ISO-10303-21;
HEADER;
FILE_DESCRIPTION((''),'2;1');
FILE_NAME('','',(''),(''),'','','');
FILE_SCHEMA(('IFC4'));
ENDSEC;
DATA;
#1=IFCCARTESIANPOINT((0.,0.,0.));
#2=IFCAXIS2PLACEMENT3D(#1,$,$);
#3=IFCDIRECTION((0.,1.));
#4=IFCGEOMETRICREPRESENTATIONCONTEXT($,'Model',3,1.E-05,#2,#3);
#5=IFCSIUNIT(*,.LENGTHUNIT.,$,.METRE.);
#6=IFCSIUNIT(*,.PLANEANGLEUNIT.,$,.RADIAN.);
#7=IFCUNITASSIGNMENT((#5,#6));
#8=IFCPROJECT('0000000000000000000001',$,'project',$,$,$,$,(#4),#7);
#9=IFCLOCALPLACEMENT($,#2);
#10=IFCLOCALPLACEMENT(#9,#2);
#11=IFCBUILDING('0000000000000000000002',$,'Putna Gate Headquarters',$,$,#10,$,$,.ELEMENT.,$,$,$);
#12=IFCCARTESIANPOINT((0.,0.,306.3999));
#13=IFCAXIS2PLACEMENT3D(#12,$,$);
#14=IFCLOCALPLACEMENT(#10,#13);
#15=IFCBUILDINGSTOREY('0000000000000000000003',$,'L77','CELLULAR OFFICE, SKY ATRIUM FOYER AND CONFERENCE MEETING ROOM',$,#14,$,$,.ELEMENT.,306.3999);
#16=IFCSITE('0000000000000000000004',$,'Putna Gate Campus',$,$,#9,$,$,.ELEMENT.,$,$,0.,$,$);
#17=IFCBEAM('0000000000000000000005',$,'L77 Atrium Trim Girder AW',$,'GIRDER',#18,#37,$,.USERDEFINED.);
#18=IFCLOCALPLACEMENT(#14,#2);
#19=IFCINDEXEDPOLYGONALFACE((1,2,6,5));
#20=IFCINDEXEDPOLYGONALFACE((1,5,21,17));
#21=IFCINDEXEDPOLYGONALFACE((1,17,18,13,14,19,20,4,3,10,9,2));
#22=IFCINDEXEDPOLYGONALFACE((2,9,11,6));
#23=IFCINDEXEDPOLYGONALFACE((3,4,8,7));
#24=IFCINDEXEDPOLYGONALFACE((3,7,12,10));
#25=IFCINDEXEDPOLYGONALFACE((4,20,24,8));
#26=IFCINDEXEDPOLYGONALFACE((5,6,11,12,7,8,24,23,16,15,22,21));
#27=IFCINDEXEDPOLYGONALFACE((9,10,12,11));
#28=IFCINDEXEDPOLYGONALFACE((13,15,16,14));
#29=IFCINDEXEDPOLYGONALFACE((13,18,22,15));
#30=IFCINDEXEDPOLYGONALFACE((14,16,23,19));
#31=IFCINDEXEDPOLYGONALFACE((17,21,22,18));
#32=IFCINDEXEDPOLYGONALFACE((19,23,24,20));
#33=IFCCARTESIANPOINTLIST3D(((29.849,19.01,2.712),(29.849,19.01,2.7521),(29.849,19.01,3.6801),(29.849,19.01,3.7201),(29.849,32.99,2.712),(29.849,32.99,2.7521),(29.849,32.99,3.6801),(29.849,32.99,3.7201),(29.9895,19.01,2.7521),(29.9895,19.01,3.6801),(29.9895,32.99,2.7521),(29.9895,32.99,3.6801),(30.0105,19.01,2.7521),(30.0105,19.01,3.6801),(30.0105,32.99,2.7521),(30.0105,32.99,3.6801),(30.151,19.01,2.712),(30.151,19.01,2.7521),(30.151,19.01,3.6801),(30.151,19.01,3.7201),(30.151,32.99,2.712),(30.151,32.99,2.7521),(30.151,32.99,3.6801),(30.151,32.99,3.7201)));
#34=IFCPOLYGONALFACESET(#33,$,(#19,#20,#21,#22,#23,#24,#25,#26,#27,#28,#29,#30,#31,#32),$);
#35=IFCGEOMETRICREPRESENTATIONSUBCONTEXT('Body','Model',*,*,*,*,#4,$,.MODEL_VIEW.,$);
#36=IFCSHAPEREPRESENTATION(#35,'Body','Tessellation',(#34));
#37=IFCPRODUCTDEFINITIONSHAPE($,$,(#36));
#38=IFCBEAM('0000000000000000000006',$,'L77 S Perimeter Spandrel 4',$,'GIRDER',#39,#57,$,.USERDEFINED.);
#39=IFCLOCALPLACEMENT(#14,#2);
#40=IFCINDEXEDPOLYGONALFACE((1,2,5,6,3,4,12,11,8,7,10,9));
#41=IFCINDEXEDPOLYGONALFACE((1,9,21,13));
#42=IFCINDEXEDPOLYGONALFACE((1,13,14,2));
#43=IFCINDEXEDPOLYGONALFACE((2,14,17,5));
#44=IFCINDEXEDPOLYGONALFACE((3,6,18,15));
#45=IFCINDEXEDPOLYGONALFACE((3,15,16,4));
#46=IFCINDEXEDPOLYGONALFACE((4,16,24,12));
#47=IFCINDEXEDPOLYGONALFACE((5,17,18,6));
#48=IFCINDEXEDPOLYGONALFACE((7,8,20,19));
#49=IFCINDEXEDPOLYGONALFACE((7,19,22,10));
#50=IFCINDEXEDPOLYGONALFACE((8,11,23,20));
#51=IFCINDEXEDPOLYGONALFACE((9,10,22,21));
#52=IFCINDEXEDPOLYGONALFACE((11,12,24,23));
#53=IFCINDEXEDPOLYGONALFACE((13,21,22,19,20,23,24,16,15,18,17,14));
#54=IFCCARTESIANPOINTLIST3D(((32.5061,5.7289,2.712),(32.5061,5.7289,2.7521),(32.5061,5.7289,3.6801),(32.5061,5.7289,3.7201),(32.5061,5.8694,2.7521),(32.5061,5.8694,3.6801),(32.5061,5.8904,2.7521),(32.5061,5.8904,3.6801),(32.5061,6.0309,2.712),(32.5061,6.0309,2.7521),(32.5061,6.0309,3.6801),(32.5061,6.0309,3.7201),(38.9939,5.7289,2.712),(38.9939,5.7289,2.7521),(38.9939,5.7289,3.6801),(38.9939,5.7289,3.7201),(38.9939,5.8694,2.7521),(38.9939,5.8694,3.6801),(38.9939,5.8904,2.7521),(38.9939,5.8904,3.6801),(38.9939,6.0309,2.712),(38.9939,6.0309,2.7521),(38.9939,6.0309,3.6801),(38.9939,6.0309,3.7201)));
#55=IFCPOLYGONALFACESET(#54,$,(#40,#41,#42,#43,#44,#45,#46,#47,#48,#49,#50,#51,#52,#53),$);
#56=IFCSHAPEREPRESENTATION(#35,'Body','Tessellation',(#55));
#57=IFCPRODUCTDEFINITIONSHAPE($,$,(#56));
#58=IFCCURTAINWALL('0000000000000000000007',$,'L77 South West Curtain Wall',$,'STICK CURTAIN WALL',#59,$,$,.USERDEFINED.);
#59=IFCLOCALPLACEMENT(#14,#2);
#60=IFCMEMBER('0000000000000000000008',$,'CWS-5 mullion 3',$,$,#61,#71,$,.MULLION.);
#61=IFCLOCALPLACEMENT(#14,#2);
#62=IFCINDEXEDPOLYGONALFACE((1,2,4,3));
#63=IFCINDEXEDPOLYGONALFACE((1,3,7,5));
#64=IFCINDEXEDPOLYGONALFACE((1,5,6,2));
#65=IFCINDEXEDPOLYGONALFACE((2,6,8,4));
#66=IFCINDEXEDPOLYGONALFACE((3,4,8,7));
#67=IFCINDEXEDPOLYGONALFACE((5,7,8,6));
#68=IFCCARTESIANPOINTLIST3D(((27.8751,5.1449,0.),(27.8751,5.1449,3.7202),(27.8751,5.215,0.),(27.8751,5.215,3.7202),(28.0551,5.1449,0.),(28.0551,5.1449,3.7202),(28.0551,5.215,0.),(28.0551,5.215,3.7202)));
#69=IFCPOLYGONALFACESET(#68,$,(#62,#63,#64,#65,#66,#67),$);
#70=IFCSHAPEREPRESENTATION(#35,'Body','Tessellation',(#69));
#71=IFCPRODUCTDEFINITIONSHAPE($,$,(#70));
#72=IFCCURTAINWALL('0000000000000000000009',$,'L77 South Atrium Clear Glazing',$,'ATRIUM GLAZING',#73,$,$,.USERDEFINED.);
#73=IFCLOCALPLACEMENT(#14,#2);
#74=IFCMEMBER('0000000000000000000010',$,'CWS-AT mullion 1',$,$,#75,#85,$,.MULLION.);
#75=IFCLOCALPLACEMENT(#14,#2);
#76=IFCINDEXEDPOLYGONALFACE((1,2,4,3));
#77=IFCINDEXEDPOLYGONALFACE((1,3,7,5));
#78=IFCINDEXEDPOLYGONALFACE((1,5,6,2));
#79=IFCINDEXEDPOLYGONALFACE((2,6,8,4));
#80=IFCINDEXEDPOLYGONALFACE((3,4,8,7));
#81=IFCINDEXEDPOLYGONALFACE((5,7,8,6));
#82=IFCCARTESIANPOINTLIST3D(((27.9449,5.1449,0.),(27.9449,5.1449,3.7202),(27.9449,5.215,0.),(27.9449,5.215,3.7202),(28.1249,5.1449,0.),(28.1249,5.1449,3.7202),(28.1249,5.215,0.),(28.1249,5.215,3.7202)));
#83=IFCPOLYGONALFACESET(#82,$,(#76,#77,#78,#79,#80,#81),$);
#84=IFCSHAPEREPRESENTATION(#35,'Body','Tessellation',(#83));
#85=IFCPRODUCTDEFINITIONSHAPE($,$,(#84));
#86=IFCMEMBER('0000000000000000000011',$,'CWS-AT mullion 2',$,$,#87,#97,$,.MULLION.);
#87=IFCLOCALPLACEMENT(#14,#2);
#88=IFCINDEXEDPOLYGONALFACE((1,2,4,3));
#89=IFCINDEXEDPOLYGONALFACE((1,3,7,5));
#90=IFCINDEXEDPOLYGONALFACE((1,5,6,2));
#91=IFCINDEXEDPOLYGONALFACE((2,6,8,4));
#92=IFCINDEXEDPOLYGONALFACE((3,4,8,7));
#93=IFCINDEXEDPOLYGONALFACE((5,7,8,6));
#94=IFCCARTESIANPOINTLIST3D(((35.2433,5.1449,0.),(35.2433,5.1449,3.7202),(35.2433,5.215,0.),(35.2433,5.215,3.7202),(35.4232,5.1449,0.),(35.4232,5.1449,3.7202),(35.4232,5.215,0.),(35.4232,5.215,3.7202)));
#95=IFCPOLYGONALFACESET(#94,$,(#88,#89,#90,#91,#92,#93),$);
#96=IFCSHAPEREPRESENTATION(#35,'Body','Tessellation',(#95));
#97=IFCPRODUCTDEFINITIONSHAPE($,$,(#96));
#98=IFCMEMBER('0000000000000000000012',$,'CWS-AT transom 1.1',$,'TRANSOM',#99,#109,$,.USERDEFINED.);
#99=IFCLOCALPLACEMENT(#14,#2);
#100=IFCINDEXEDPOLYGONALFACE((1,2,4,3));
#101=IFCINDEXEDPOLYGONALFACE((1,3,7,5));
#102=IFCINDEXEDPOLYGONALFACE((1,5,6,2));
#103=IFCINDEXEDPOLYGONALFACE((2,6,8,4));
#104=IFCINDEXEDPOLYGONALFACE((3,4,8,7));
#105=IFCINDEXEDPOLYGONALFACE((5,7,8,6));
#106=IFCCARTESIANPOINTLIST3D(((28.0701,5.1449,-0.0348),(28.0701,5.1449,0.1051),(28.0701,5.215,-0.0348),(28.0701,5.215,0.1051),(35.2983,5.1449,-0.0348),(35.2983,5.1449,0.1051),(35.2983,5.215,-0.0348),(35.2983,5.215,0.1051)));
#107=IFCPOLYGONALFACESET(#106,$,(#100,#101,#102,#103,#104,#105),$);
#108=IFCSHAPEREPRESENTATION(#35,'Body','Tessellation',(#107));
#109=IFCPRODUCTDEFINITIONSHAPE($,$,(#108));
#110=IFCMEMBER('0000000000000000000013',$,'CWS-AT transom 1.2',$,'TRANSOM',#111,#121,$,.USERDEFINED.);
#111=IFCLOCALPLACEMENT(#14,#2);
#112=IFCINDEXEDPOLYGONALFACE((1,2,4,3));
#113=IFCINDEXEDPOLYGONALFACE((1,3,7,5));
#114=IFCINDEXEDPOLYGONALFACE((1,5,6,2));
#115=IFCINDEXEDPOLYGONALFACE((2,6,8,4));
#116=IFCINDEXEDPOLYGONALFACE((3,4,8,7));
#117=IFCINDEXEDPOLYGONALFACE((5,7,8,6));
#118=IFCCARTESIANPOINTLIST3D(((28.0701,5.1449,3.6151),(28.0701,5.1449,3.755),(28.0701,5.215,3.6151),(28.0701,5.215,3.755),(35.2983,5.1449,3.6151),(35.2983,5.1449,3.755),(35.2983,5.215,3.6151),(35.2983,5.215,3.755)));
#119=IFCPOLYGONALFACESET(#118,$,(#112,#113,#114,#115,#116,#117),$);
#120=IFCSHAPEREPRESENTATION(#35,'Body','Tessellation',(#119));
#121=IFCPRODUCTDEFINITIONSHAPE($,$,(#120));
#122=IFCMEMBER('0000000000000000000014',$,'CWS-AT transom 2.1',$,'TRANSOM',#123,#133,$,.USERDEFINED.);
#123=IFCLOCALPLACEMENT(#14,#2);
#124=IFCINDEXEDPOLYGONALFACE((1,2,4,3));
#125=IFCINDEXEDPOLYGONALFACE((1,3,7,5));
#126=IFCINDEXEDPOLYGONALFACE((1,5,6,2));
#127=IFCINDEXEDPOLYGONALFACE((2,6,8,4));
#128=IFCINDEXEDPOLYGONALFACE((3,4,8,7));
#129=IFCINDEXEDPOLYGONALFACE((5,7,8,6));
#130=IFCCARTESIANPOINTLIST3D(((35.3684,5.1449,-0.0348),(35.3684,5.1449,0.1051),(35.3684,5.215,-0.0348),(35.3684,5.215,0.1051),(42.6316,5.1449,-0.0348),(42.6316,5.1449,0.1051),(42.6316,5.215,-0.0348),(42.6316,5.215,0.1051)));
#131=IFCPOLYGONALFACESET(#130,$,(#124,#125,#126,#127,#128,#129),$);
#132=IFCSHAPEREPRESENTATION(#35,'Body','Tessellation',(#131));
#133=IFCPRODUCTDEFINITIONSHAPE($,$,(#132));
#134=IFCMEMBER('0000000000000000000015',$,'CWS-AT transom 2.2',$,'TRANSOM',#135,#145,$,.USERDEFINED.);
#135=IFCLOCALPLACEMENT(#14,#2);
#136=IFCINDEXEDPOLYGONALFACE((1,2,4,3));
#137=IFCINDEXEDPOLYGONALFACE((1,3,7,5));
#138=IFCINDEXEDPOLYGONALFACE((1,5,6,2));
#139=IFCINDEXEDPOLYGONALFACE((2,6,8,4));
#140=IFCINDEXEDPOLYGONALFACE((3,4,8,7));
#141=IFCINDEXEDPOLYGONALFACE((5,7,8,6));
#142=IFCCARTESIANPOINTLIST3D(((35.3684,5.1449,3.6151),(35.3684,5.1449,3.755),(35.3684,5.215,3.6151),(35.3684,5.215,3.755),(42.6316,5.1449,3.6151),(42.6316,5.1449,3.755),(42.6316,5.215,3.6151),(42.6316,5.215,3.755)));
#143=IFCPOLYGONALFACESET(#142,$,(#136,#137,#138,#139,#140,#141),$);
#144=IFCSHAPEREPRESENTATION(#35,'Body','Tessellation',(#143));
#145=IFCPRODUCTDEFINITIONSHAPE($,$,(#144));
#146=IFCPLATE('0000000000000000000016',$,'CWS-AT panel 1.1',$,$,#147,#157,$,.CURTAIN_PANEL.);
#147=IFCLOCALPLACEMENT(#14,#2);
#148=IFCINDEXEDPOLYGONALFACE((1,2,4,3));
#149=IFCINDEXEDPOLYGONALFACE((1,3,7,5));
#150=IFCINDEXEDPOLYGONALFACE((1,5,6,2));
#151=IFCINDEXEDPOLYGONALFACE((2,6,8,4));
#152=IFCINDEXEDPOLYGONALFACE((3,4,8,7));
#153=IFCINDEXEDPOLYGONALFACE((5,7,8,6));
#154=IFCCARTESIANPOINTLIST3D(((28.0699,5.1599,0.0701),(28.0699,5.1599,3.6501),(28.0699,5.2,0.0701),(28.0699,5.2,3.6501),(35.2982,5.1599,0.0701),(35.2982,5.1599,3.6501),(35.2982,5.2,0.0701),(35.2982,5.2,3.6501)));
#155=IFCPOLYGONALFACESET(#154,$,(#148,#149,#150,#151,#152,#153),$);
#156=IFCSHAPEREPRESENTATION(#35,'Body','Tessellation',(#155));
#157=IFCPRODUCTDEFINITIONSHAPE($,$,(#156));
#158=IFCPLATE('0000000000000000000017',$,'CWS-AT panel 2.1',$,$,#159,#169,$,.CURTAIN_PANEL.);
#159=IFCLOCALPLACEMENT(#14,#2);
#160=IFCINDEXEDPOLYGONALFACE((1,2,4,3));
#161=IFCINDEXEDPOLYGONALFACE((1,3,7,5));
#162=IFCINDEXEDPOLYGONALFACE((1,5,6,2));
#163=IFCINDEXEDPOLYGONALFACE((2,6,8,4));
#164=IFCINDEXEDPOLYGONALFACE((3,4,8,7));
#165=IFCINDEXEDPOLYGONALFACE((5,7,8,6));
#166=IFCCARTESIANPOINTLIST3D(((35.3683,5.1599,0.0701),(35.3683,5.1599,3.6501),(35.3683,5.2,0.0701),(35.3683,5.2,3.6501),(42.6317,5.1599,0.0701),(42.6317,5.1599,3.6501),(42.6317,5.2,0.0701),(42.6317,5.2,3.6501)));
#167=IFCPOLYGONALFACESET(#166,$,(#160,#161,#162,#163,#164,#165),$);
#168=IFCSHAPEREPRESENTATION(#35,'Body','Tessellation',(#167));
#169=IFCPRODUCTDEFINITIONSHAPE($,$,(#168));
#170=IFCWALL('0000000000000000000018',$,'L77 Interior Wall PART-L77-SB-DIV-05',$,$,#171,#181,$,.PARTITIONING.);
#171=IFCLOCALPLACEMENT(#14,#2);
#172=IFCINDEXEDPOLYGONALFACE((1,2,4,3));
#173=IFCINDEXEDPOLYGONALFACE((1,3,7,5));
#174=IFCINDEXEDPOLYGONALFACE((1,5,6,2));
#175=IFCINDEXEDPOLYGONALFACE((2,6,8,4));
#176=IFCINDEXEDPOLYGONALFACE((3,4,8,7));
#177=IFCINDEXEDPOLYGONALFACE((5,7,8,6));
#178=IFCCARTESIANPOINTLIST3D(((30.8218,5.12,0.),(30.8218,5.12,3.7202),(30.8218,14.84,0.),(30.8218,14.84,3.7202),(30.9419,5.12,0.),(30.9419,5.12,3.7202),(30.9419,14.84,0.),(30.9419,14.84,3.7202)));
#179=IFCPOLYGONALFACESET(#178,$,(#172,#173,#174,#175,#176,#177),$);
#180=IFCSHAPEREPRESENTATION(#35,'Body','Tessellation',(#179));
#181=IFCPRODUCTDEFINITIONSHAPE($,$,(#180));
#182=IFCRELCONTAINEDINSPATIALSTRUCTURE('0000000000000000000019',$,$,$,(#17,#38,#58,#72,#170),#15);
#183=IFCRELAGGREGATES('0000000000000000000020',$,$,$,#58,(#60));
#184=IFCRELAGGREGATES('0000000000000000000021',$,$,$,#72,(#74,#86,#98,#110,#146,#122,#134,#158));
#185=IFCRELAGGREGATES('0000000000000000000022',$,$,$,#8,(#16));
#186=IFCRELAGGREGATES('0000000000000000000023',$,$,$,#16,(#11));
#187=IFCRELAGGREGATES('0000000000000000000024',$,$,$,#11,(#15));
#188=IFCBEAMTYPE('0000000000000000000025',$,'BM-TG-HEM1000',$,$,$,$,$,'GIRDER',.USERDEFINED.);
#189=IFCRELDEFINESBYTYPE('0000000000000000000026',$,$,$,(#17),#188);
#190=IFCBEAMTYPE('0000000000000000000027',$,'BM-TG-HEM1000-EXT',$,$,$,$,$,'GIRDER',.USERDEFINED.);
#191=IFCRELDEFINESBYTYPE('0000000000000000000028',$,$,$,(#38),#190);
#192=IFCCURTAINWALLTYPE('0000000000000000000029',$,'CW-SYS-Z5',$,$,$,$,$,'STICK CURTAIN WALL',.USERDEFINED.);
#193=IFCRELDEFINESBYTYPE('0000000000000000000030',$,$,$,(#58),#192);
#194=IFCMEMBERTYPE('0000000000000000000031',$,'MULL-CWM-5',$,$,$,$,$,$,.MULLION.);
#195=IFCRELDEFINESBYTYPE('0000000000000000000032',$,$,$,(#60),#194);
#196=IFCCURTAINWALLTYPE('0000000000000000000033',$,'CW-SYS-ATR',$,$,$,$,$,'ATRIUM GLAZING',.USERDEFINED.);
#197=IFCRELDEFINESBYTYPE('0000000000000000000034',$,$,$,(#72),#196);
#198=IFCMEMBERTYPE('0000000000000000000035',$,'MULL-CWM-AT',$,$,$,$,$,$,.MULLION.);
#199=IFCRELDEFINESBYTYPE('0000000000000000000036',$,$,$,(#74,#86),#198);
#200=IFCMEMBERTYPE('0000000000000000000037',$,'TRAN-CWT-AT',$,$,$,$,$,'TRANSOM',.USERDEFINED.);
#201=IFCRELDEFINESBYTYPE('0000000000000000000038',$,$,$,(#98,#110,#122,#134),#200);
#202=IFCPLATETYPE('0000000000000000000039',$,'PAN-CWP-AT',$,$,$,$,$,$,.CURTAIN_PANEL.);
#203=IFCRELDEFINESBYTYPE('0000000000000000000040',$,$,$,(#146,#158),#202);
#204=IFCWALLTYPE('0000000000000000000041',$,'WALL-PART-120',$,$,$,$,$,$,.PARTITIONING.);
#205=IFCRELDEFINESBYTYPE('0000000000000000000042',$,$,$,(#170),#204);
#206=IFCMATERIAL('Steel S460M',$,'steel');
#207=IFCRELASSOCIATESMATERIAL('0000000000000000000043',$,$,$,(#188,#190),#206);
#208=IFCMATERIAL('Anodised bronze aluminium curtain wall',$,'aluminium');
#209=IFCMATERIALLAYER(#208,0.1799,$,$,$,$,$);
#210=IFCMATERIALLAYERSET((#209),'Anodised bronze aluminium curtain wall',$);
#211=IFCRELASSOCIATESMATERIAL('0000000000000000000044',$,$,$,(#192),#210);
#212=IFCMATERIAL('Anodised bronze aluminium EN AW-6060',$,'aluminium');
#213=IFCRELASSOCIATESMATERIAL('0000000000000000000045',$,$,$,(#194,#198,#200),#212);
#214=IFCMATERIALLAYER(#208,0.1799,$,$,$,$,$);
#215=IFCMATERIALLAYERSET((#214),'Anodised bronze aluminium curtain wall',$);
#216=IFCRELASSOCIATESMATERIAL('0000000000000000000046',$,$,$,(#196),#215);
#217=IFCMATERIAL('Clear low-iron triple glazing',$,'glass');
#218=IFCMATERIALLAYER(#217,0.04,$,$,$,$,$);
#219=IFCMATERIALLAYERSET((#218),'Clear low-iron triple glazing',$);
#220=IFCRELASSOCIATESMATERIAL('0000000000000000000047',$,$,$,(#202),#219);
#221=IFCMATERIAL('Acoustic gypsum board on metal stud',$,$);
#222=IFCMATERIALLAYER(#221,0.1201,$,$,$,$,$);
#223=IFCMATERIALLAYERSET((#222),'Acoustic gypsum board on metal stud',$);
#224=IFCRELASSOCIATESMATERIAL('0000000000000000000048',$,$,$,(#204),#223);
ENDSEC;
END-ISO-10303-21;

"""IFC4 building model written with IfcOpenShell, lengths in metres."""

from ifc_helpers import new_model, si_unit, direction, frame, frame_2d, origin, origin_2d, place, context, subcontext, project, spatial, rectangle, i_section, extrude, material, layer, layer_set, material_profile, profile_set, type_object, element, aggregate, save


model = new_model("IFC4")

# Units and contexts
model_context = context("Model", 3, precision=1e-05, world=origin(), true_north=direction((0.0, 1.0)))
body_context = subcontext(model_context, "Body", "Model", "MODEL_VIEW")
ifc_project = project(units=[si_unit("LENGTHUNIT", "METRE"), si_unit("PLANEANGLEUNIT", "RADIAN")], contexts=[model_context])

# Site, building, storey
site_placement = place(None, origin())
site = spatial("IfcSite", under=ifc_project, at=site_placement, Name="Putna Gate Campus", CompositionType="ELEMENT", RefElevation=0.0)
building_placement = place(site_placement, origin())
building = spatial("IfcBuilding", under=site, at=building_placement, Name="Putna Gate Headquarters", CompositionType="ELEMENT")
storey_placement = place(building_placement, frame((0.0, 0.0, 306.3999)))
storey = spatial("IfcBuildingStorey", under=building, at=storey_placement, Name="L77", Description="CELLULAR OFFICE, SKY ATRIUM FOYER AND CONFERENCE MEETING ROOM", CompositionType="ELEMENT", Elevation=306.3999)

# Shared definitions
ifc_material_1 = material(Name="Steel S460M", Category="steel")

# Beams
ifc_material_profile_1 = material_profile(ifc_material_1, i_section(OverallWidth=0.302, OverallDepth=1.0081, WebThickness=0.021, FlangeThickness=0.04, at=origin_2d()), Name="Steel S460M")
ifc_profile_set_1 = profile_set([ifc_material_profile_1], Name="Steel S460M")
beam_type_1 = type_object("IfcBeamType", Name="BM-TG-HEM1000", ElementType="GIRDER", PredefinedType="USERDEFINED", material=ifc_profile_set_1)
beam_1_placement = place(storey_placement, frame((30.0, 19.01, 3.2161), z_axis=(0.0, 1.0, 0.0), x_axis=(-1.0, 0.0, 0.0)))
element("IfcBeam", 1, at=beam_1_placement, inside=storey, type_object=beam_type_1, Name="L77 Atrium Trim Girder AW", ObjectType="GIRDER", PredefinedType="USERDEFINED", context=body_context, shape_type="SweptSolid", body=[
    extrude(i_section(OverallWidth=0.302, OverallDepth=1.0081, WebThickness=0.021, FlangeThickness=0.04, at=origin_2d()), origin(), (0.0, 0.0, 1.0), 13.98),
])
ifc_material_profile_2 = material_profile(ifc_material_1, i_section(OverallWidth=0.302, OverallDepth=1.0081, WebThickness=0.021, FlangeThickness=0.04, at=origin_2d()), Name="Steel S460M")
ifc_profile_set_2 = profile_set([ifc_material_profile_2], Name="Steel S460M")
beam_type_2 = type_object("IfcBeamType", Name="BM-TG-HEM1000-EXT", ElementType="GIRDER", PredefinedType="USERDEFINED", material=ifc_profile_set_2)
beam_2_placement = place(storey_placement, frame((32.5061, 5.8799, 3.2161), z_axis=(1.0, 0.0, 0.0), x_axis=(0.0, 1.0, 0.0)))
element("IfcBeam", 2, at=beam_2_placement, inside=storey, type_object=beam_type_2, Name="L77 S Perimeter Spandrel 4", ObjectType="GIRDER", PredefinedType="USERDEFINED", context=body_context, shape_type="SweptSolid", body=[
    extrude(i_section(OverallWidth=0.302, OverallDepth=1.0081, WebThickness=0.021, FlangeThickness=0.04, at=origin_2d()), origin(), (0.0, 0.0, 1.0), 6.4878),
])

# Curtain wall, member
ifc_material_2 = material(Name="Anodised bronze aluminium curtain wall", Category="aluminium")
ifc_layer_1 = layer(ifc_material_2, 0.1799)
ifc_layer_set_1 = layer_set([ifc_layer_1], Name="Anodised bronze aluminium curtain wall")
curtain_wall_type_1 = type_object("IfcCurtainWallType", Name="CW-SYS-Z5", ElementType="STICK CURTAIN WALL", PredefinedType="USERDEFINED", material=ifc_layer_set_1)
curtain_wall_1_placement = place(storey_placement, origin())
curtain_wall_1 = element("IfcCurtainWall", 3, at=curtain_wall_1_placement, inside=storey, type_object=curtain_wall_type_1, Name="L77 South West Curtain Wall", ObjectType="STICK CURTAIN WALL", PredefinedType="USERDEFINED")
ifc_material_3 = material(Name="Anodised bronze aluminium EN AW-6060", Category="aluminium")
ifc_material_profile_3 = material_profile(ifc_material_3, rectangle(XDim=0.0701, YDim=0.1799, at=origin_2d()), Name="Anodised bronze aluminium EN AW-6060")
ifc_profile_set_3 = profile_set([ifc_material_profile_3], Name="Anodised bronze aluminium EN AW-6060")
member_type_1 = type_object("IfcMemberType", Name="MULL-CWM-5", PredefinedType="MULLION", material=ifc_profile_set_3)
member_1_placement = place(storey_placement, frame((27.9651, 5.1799, 0.0), z_axis=(0.0, 0.0, 1.0), x_axis=(0.0, 1.0, 0.0)))
member_1 = element("IfcMember", 4, at=member_1_placement, type_object=member_type_1, Name="CWS-5 mullion 3", PredefinedType="MULLION", context=body_context, shape_type="SweptSolid", body=[
    extrude(rectangle(XDim=0.0701, YDim=0.1799, at=origin_2d()), origin(), (0.0, 0.0, 1.0), 3.7202),
])
aggregate(curtain_wall_1, [member_1])

# Curtain wall, members, plates
ifc_layer_2 = layer(ifc_material_2, 0.1799)
ifc_layer_set_2 = layer_set([ifc_layer_2], Name="Anodised bronze aluminium curtain wall")
curtain_wall_type_2 = type_object("IfcCurtainWallType", Name="CW-SYS-ATR", ElementType="ATRIUM GLAZING", PredefinedType="USERDEFINED", material=ifc_layer_set_2)
curtain_wall_2_placement = place(storey_placement, origin())
curtain_wall_2 = element("IfcCurtainWall", 5, at=curtain_wall_2_placement, inside=storey, type_object=curtain_wall_type_2, Name="L77 South Atrium Clear Glazing", ObjectType="ATRIUM GLAZING", PredefinedType="USERDEFINED")
ifc_material_profile_4 = material_profile(ifc_material_3, rectangle(XDim=0.0701, YDim=0.1799, at=origin_2d()), Name="Anodised bronze aluminium EN AW-6060")
ifc_profile_set_4 = profile_set([ifc_material_profile_4], Name="Anodised bronze aluminium EN AW-6060")
member_type_2 = type_object("IfcMemberType", Name="MULL-CWM-AT", PredefinedType="MULLION", material=ifc_profile_set_4)
member_2_placement = place(storey_placement, frame((28.0349, 5.1799, 0.0), z_axis=(0.0, 0.0, 1.0), x_axis=(0.0, 1.0, 0.0)))
member_2 = element("IfcMember", 6, at=member_2_placement, type_object=member_type_2, Name="CWS-AT mullion 1", PredefinedType="MULLION", context=body_context, shape_type="SweptSolid", body=[
    extrude(rectangle(XDim=0.0701, YDim=0.1799, at=origin_2d()), origin(), (0.0, 0.0, 1.0), 3.7202),
])
member_3_placement = place(storey_placement, frame((35.3333, 5.1799, 0.0), z_axis=(0.0, 0.0, 1.0), x_axis=(0.0, 1.0, 0.0)))
member_3 = element("IfcMember", 7, at=member_3_placement, type_object=member_type_2, Name="CWS-AT mullion 2", PredefinedType="MULLION", context=body_context, shape_type="SweptSolid", body=[
    extrude(rectangle(XDim=0.0701, YDim=0.1799, at=origin_2d()), origin(), (0.0, 0.0, 1.0), 3.7202),
])
ifc_material_profile_5 = material_profile(ifc_material_3, rectangle(XDim=0.0701, YDim=0.1399, at=origin_2d()), Name="Anodised bronze aluminium EN AW-6060")
ifc_profile_set_5 = profile_set([ifc_material_profile_5], Name="Anodised bronze aluminium EN AW-6060")
member_type_3 = type_object("IfcMemberType", Name="TRAN-CWT-AT", ElementType="TRANSOM", PredefinedType="USERDEFINED", material=ifc_profile_set_5)
member_4_placement = place(storey_placement, frame((28.0701, 5.1799, 0.0352), z_axis=(1.0, 0.0, 0.0), x_axis=(0.0, 1.0, 0.0)))
member_4 = element("IfcMember", 8, at=member_4_placement, type_object=member_type_3, Name="CWS-AT transom 1.1", ObjectType="TRANSOM", PredefinedType="USERDEFINED", context=body_context, shape_type="SweptSolid", body=[
    extrude(rectangle(XDim=0.0701, YDim=0.1399, at=origin_2d()), origin(), (0.0, 0.0, 1.0), 7.2283),
])
member_5_placement = place(storey_placement, frame((28.0701, 5.1799, 3.6851), z_axis=(1.0, 0.0, 0.0), x_axis=(0.0, 1.0, 0.0)))
member_5 = element("IfcMember", 9, at=member_5_placement, type_object=member_type_3, Name="CWS-AT transom 1.2", ObjectType="TRANSOM", PredefinedType="USERDEFINED", context=body_context, shape_type="SweptSolid", body=[
    extrude(rectangle(XDim=0.0701, YDim=0.1399, at=origin_2d()), origin(), (0.0, 0.0, 1.0), 7.2283),
])
member_6_placement = place(storey_placement, frame((35.3684, 5.1799, 0.0352), z_axis=(1.0, 0.0, 0.0), x_axis=(0.0, 1.0, 0.0)))
member_6 = element("IfcMember", 10, at=member_6_placement, type_object=member_type_3, Name="CWS-AT transom 2.1", ObjectType="TRANSOM", PredefinedType="USERDEFINED", context=body_context, shape_type="SweptSolid", body=[
    extrude(rectangle(XDim=0.0701, YDim=0.1399, at=origin_2d()), origin(), (0.0, 0.0, 1.0), 7.2632),
])
member_7_placement = place(storey_placement, frame((35.3684, 5.1799, 3.6851), z_axis=(1.0, 0.0, 0.0), x_axis=(0.0, 1.0, 0.0)))
member_7 = element("IfcMember", 11, at=member_7_placement, type_object=member_type_3, Name="CWS-AT transom 2.2", ObjectType="TRANSOM", PredefinedType="USERDEFINED", context=body_context, shape_type="SweptSolid", body=[
    extrude(rectangle(XDim=0.0701, YDim=0.1399, at=origin_2d()), origin(), (0.0, 0.0, 1.0), 7.2632),
])
ifc_material_4 = material(Name="Clear low-iron triple glazing", Category="glass")
ifc_layer_3 = layer(ifc_material_4, 0.04)
ifc_layer_set_3 = layer_set([ifc_layer_3], Name="Clear low-iron triple glazing")
plate_type = type_object("IfcPlateType", Name="PAN-CWP-AT", PredefinedType="CURTAIN_PANEL", material=ifc_layer_set_3)
plate_1_placement = place(storey_placement, frame((31.6841, 5.1799, 0.0701), z_axis=(0.0, 0.0, 1.0), x_axis=(1.0, 0.0, 0.0)))
plate_1 = element("IfcPlate", 12, at=plate_1_placement, type_object=plate_type, Name="CWS-AT panel 1.1", PredefinedType="CURTAIN_PANEL", context=body_context, shape_type="SweptSolid", body=[
    extrude(rectangle(XDim=7.2283, YDim=0.04, at=origin_2d()), origin(), (0.0, 0.0, 1.0), 3.5801),
])
plate_2_placement = place(storey_placement, frame((39.0, 5.1799, 0.0701), z_axis=(0.0, 0.0, 1.0), x_axis=(1.0, 0.0, 0.0)))
plate_2 = element("IfcPlate", 13, at=plate_2_placement, type_object=plate_type, Name="CWS-AT panel 2.1", PredefinedType="CURTAIN_PANEL", context=body_context, shape_type="SweptSolid", body=[
    extrude(rectangle(XDim=7.2634, YDim=0.04, at=origin_2d()), origin(), (0.0, 0.0, 1.0), 3.5801),
])
aggregate(curtain_wall_2, [member_2, member_3, member_4, member_5, plate_1, member_6, member_7, plate_2])

# Wall
ifc_material_5 = material(Name="Acoustic gypsum board on metal stud")
ifc_layer_4 = layer(ifc_material_5, 0.1201)
ifc_layer_set_4 = layer_set([ifc_layer_4], Name="Acoustic gypsum board on metal stud")
wall_type_1 = type_object("IfcWallType", Name="WALL-PART-120", PredefinedType="PARTITIONING", material=ifc_layer_set_4)
for number, where, z_axis, x_axis, name in (
    (14, (30.8818, 5.1201, 0.0), (0.0, 0.0, 1.0), (0.0, 1.0, 0.0), "L77 Interior Wall PART-L77-SB-DIV-05"),
):
    element("IfcWall", number, at=place(storey_placement, frame(where, z_axis=z_axis, x_axis=x_axis)), inside=storey, type_object=wall_type_1, Name=name, PredefinedType="PARTITIONING", context=body_context, shape_type="SweptSolid", body=[
        extrude(rectangle(XDim=9.72, YDim=0.1201, at=frame_2d((4.8599, 0.0))), origin(), (0.0, 0.0, 1.0), 3.7202),
    ])

save(model, "model.ifc")
